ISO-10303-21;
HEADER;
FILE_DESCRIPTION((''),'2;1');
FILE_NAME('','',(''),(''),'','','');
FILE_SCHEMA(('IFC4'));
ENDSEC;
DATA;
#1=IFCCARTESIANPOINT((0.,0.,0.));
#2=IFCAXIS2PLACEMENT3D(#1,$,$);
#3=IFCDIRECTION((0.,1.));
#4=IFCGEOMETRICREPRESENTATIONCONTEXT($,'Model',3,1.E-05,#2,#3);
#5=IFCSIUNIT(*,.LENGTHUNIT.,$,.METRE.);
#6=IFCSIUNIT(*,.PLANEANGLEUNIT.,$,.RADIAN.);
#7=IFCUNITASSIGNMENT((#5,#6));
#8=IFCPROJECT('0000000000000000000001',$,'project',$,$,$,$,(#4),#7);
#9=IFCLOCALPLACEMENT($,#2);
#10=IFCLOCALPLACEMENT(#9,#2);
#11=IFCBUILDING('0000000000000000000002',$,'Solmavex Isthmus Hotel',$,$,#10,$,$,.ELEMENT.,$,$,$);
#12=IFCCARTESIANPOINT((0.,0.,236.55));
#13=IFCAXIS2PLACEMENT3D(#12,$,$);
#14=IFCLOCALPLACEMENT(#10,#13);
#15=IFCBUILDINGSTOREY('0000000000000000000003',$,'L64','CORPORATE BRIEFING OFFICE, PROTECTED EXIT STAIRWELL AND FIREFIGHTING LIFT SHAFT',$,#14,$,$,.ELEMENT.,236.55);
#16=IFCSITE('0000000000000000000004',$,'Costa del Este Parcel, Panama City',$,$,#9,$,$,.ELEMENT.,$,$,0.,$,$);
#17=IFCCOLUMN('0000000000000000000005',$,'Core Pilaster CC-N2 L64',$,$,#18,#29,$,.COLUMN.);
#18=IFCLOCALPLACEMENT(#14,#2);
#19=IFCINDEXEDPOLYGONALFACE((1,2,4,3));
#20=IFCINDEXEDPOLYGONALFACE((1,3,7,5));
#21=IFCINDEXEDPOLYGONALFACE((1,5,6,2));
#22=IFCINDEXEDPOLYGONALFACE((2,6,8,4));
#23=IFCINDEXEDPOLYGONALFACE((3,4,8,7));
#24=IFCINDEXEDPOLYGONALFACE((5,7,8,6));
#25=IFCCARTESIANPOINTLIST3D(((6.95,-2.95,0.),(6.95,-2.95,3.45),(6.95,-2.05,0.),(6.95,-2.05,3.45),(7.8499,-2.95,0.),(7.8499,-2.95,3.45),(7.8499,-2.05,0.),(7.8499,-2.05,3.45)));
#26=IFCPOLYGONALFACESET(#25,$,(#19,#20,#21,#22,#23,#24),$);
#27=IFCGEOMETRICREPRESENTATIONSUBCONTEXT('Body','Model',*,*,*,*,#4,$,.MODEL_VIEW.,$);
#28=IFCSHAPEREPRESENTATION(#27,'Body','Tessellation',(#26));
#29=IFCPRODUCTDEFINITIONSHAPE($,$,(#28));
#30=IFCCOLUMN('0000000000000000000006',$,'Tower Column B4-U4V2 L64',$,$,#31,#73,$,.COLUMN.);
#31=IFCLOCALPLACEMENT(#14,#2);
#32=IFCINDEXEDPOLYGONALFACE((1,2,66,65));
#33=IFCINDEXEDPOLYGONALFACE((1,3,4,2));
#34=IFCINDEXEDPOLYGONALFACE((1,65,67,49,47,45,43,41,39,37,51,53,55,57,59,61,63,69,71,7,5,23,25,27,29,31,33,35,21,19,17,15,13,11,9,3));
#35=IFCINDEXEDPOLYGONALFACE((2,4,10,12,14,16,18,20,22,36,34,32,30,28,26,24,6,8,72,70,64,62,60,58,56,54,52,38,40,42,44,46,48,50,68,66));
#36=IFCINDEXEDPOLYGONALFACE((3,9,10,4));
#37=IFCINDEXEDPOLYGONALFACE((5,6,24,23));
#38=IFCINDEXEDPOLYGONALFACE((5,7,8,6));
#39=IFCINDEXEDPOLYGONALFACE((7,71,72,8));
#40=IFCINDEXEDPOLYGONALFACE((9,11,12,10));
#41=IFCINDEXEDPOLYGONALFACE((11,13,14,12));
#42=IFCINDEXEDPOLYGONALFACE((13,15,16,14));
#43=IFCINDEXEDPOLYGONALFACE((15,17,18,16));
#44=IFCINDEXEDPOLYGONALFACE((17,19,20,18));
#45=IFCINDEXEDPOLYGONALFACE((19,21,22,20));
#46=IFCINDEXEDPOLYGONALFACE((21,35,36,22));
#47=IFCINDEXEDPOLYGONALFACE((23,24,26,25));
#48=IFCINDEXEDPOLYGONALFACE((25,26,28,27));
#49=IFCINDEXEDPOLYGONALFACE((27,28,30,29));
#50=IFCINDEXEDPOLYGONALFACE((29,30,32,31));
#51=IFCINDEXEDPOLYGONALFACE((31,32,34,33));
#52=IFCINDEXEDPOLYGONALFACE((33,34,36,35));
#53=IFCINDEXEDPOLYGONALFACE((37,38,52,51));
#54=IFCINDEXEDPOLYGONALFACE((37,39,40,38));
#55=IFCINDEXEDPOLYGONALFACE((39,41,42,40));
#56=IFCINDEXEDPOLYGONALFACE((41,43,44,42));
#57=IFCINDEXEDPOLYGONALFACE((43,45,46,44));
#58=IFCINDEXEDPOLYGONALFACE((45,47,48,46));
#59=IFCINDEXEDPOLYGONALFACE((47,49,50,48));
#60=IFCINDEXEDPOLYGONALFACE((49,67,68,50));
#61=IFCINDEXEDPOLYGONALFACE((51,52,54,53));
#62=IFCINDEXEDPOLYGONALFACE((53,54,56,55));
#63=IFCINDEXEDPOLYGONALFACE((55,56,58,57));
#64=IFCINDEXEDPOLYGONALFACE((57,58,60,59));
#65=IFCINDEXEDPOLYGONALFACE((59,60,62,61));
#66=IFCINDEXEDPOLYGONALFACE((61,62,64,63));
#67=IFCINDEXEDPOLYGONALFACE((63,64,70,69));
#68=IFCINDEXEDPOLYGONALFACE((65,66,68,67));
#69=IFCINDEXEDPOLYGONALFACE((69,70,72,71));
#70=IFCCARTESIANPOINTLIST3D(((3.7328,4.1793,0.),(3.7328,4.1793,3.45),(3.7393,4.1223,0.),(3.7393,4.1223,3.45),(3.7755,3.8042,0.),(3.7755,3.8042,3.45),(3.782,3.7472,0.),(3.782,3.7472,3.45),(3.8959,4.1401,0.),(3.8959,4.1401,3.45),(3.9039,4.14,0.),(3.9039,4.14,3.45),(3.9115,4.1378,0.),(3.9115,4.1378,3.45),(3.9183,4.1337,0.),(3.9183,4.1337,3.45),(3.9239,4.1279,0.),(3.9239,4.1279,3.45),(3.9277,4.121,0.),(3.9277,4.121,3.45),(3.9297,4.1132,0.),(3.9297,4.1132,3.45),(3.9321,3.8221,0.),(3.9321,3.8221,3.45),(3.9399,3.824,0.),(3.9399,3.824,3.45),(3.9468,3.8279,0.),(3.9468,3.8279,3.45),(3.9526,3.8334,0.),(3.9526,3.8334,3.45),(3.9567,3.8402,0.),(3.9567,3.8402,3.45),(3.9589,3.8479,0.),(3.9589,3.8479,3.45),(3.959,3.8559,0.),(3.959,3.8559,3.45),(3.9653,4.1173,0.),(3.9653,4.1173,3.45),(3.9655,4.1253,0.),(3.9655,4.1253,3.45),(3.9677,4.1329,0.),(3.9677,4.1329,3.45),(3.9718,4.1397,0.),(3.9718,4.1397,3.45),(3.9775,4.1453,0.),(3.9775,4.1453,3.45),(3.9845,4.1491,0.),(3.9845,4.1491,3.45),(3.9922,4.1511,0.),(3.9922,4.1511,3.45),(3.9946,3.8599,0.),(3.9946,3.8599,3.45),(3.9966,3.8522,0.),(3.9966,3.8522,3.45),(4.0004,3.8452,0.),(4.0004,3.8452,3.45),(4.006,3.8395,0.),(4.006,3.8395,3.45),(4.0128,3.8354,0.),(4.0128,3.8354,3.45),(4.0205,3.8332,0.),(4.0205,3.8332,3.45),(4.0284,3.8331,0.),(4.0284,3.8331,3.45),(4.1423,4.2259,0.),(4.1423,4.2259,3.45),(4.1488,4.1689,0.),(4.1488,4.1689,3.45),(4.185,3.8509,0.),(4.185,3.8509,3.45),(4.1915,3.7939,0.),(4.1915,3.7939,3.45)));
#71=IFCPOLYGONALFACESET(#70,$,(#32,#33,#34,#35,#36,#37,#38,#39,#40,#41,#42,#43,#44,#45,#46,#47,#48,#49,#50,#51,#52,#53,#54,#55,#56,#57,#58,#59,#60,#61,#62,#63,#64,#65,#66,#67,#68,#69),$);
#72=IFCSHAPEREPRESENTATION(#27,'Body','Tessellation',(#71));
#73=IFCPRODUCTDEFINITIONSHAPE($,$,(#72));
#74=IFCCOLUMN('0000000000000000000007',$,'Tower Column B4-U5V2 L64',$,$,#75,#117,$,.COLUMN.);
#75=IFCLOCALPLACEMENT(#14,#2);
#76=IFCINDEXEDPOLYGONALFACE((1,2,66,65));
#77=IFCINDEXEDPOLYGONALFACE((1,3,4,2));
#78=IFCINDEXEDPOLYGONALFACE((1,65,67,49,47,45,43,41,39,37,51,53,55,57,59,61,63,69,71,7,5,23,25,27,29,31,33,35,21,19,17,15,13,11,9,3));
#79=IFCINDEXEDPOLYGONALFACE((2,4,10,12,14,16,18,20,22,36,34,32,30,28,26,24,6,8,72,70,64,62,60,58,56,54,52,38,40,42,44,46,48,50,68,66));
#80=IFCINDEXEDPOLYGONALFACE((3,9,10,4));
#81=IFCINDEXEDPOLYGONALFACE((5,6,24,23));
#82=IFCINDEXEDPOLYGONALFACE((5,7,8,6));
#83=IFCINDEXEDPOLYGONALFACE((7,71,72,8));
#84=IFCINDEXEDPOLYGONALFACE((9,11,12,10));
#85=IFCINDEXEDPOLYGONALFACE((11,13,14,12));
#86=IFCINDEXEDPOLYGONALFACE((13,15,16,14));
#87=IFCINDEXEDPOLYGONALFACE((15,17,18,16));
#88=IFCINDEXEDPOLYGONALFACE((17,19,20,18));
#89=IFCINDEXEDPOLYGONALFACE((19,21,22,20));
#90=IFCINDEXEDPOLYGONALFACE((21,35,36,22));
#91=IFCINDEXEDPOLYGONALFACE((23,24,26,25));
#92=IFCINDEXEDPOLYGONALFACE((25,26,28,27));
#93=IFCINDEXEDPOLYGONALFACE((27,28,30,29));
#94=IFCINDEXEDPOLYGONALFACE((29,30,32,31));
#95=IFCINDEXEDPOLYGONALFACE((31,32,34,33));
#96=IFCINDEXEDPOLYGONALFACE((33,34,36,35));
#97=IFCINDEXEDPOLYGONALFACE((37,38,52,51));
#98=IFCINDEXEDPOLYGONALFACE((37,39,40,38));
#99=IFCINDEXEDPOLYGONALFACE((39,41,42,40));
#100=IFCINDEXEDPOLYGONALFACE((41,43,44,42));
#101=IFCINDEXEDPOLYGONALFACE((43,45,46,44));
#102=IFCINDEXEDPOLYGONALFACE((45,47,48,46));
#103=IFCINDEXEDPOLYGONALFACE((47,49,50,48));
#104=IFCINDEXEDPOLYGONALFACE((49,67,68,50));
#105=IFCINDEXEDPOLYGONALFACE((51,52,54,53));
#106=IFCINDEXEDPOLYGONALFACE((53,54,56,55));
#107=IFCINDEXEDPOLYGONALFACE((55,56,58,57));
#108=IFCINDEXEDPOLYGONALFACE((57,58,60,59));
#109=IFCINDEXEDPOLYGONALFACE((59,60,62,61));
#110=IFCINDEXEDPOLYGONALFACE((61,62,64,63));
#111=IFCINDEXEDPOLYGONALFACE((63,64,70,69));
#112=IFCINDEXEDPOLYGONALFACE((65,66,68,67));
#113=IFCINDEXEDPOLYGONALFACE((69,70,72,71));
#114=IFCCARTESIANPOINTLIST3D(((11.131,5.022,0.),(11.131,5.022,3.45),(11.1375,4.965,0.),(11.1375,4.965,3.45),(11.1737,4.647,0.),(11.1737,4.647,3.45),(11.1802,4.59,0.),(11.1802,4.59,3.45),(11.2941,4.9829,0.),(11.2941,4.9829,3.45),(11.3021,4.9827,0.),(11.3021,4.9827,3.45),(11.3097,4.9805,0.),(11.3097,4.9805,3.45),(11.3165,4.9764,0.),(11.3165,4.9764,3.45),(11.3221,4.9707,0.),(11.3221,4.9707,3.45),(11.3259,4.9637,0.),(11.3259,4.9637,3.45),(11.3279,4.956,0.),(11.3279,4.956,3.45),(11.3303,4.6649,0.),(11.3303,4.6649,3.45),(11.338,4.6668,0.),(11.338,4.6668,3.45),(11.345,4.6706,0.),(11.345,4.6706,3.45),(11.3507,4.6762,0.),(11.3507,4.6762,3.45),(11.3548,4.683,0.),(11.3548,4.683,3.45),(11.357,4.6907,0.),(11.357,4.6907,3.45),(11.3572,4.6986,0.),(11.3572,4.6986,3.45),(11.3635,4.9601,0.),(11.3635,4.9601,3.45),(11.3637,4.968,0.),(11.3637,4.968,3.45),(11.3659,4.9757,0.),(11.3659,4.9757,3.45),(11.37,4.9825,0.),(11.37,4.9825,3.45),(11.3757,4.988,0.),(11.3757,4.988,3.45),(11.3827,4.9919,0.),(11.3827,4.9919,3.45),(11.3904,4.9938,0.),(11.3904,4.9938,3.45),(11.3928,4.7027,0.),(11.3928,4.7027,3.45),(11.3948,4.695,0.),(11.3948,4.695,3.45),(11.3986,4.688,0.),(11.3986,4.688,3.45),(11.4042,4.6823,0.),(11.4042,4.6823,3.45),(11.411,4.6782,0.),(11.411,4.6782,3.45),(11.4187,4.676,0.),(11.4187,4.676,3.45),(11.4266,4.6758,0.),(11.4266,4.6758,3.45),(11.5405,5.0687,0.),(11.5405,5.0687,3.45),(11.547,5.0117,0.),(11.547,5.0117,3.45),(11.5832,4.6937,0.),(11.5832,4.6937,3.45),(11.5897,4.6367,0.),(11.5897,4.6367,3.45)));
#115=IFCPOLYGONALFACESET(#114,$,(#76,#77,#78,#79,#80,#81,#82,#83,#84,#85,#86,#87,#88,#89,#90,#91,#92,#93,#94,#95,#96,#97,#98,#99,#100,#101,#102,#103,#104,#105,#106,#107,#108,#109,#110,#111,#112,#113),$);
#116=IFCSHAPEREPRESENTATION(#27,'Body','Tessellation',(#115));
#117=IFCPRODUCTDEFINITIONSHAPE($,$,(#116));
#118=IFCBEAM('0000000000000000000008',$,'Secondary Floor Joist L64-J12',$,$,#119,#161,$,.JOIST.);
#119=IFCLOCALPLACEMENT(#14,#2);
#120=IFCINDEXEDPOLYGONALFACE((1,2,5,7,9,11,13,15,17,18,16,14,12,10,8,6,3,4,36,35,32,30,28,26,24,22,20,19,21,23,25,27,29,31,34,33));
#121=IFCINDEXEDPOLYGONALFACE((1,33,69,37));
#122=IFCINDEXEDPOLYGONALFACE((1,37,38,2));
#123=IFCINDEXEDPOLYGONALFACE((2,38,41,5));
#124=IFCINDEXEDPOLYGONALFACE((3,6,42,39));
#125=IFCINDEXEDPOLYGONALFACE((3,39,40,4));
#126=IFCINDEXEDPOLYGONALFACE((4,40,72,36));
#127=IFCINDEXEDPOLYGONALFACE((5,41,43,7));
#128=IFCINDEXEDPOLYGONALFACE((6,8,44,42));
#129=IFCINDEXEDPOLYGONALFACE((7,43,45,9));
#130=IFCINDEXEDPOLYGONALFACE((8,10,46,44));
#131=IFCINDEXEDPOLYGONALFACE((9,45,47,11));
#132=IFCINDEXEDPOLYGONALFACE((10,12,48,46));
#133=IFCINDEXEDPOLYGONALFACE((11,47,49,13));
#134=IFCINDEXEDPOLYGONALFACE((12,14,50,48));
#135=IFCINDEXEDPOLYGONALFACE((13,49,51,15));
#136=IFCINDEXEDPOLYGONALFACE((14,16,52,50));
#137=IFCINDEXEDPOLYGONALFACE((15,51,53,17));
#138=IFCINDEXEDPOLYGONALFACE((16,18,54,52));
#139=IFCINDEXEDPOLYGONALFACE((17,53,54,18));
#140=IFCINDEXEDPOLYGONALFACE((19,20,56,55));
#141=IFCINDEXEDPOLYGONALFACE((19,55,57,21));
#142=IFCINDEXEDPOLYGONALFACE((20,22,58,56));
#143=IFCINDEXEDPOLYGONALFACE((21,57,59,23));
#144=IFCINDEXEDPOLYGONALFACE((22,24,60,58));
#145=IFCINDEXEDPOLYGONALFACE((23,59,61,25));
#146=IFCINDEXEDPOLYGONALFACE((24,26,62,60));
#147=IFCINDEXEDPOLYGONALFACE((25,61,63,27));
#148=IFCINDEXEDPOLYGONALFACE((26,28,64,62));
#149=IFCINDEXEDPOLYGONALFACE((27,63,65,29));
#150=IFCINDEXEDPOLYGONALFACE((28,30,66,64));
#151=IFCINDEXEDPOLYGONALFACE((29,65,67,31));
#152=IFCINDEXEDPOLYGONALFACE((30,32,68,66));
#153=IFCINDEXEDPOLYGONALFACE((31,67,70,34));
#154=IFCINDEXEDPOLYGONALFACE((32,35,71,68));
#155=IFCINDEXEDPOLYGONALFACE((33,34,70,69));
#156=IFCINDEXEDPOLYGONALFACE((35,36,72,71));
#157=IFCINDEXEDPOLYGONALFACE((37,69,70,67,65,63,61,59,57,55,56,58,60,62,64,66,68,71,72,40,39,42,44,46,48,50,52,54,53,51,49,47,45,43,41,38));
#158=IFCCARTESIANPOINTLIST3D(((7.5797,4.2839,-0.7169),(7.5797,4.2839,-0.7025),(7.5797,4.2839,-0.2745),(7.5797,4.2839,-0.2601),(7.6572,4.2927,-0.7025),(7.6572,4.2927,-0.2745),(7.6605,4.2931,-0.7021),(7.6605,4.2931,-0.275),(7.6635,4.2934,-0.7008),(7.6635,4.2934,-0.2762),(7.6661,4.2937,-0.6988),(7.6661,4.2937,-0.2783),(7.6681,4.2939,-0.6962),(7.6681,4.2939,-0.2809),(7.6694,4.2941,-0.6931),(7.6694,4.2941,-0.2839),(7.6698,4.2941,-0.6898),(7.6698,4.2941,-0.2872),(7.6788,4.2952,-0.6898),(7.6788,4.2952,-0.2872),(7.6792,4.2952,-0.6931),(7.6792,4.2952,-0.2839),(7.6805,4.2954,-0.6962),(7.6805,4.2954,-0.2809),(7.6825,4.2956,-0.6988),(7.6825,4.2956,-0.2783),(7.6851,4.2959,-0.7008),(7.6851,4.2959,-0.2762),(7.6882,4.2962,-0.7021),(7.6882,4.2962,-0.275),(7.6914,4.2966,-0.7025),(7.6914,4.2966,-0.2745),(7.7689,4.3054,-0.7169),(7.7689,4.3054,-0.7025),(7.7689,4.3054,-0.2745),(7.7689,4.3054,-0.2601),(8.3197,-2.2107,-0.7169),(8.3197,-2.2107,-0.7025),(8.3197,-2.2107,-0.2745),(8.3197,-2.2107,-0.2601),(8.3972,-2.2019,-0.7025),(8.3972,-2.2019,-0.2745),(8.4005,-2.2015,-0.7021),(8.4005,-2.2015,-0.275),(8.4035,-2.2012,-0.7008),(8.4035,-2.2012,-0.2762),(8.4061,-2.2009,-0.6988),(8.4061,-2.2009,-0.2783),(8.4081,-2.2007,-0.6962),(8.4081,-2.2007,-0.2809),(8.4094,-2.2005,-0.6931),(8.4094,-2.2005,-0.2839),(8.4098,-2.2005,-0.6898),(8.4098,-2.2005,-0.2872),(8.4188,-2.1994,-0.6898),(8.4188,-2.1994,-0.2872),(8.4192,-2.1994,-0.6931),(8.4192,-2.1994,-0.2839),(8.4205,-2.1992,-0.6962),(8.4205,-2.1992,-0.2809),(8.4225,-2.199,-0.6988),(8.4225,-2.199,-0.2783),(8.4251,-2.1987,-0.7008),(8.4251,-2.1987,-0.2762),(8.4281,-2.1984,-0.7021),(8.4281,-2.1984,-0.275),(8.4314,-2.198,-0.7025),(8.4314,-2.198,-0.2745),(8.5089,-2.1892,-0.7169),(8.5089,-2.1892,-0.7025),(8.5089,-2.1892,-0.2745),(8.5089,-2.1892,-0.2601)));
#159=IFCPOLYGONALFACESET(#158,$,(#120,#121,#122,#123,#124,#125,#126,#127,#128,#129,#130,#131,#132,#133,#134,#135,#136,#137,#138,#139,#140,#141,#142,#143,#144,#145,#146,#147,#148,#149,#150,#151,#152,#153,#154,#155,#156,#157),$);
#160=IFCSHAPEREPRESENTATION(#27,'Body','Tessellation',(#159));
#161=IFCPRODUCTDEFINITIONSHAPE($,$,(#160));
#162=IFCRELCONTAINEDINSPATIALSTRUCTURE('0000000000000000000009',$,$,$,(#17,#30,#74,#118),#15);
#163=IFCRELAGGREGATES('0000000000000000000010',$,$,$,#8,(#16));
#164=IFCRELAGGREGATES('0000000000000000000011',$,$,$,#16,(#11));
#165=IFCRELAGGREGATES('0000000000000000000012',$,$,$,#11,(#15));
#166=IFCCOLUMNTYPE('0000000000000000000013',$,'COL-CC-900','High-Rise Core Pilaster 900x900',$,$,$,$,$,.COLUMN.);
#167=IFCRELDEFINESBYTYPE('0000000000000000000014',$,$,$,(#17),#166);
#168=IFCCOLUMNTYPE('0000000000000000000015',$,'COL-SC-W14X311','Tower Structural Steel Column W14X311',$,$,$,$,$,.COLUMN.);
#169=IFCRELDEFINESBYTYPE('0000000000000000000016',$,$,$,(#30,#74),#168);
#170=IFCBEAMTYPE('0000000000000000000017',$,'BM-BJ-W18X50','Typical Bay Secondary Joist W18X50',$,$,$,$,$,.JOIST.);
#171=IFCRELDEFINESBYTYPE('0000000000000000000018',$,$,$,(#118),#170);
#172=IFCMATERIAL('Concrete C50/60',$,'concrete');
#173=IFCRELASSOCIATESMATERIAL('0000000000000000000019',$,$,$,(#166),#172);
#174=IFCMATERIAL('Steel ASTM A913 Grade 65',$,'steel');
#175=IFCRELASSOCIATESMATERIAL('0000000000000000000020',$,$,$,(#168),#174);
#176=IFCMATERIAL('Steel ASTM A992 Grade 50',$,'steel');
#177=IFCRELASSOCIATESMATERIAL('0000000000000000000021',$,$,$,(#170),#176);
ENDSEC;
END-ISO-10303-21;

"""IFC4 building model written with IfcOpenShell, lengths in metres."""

from ifc_helpers import new_model, si_unit, direction, frame, origin, origin_2d, place, context, subcontext, project, spatial, rectangle, i_section, extrude, material, material_profile, profile_set, type_object, element, save


model = new_model("IFC4")

# Units and contexts
model_context = context("Model", 3, precision=1e-05, world=origin(), true_north=direction((0.0, 1.0)))
body_context = subcontext(model_context, "Body", "Model", "MODEL_VIEW")
ifc_project = project(units=[si_unit("LENGTHUNIT", "METRE"), si_unit("PLANEANGLEUNIT", "RADIAN")], contexts=[model_context])

# Site, building, storey
site_placement = place(None, origin())
site = spatial("IfcSite", under=ifc_project, at=site_placement, Name="Costa del Este Parcel, Panama City", CompositionType="ELEMENT", RefElevation=0.0)
building_placement = place(site_placement, origin())
building = spatial("IfcBuilding", under=site, at=building_placement, Name="Solmavex Isthmus Hotel", CompositionType="ELEMENT")
storey_placement = place(building_placement, frame((0.0, 0.0, 236.55)))
storey = spatial("IfcBuildingStorey", under=building, at=storey_placement, Name="L64", Description="CORPORATE BRIEFING OFFICE, PROTECTED EXIT STAIRWELL AND FIREFIGHTING LIFT SHAFT", CompositionType="ELEMENT", Elevation=236.55)

# Columns
ifc_material_1 = material(Name="Concrete C50/60", Category="concrete")
ifc_material_profile_1 = material_profile(ifc_material_1, rectangle(XDim=0.8999, YDim=0.8999, at=origin_2d()), Name="RC900X900")
ifc_profile_set_1 = profile_set([ifc_material_profile_1], Name="Concrete C50/60")
column_type_1 = type_object("IfcColumnType", Name="COL-CC-900", Description="High-Rise Core Pilaster 900x900", PredefinedType="COLUMN", material=ifc_profile_set_1)
column_placement = place(storey_placement, frame((7.3999, -2.5, 0.0), z_axis=(0.0, 0.0, 1.0), x_axis=(1.0, 0.0, 0.0)))
element("IfcColumn", 1, at=column_placement, inside=storey, type_object=column_type_1, Name="Core Pilaster CC-N2 L64", PredefinedType="COLUMN", context=body_context, shape_type="SweptSolid", body=[
    extrude(rectangle(XDim=0.8999, YDim=0.8999, at=origin_2d()), origin(), (0.0, 0.0, 1.0), 3.45),
])
ifc_material_2 = material(Name="Steel ASTM A913 Grade 65", Category="steel")
ifc_material_profile_2 = material_profile(ifc_material_2, i_section(OverallWidth=0.4121, OverallDepth=0.4348, WebThickness=0.0359, FlangeThickness=0.0574, FilletRadius=0.0305, at=origin_2d()), Name="W14X311")
ifc_profile_set_2 = profile_set([ifc_material_profile_2], Name="Steel ASTM A913 Grade 65")
column_type_2 = type_object("IfcColumnType", Name="COL-SC-W14X311", Description="Tower Structural Steel Column W14X311", PredefinedType="COLUMN", material=ifc_profile_set_2)
for number, where, z_axis, x_axis, name in (
    (2, (3.9622, 3.9866, 0.0), (0.0, 0.0, 1.0), (0.993572, 0.113203, 0.0), "Tower Column B4-U4V2 L64"),
    (3, (11.3604, 4.8293, 0.0), (0.0, 0.0, 1.0), (0.993572, 0.113203, 0.0), "Tower Column B4-U5V2 L64"),
):
    element("IfcColumn", number, at=place(storey_placement, frame(where, z_axis=z_axis, x_axis=x_axis)), inside=storey, type_object=column_type_2, Name=name, PredefinedType="COLUMN", context=body_context, shape_type="SweptSolid", body=[
        extrude(i_section(OverallWidth=0.4121, OverallDepth=0.4348, WebThickness=0.0359, FlangeThickness=0.0574, FilletRadius=0.0305, at=origin_2d()), origin(), (0.0, 0.0, 1.0), 3.45),
    ])

# Beam
ifc_material_3 = material(Name="Steel ASTM A992 Grade 50", Category="steel")
ifc_material_profile_3 = material_profile(ifc_material_3, i_section(OverallWidth=0.1904, OverallDepth=0.4568, WebThickness=0.009, FlangeThickness=0.0144, FilletRadius=0.0127, at=origin_2d()), Name="W18X50")
ifc_profile_set_3 = profile_set([ifc_material_profile_3], Name="Steel ASTM A992 Grade 50")
beam_type_1 = type_object("IfcBeamType", Name="BM-BJ-W18X50", Description="Typical Bay Secondary Joist W18X50", PredefinedType="JOIST", material=ifc_profile_set_3)
beam_1_placement = place(storey_placement, frame((8.4143, -2.2, -0.4885), z_axis=(-0.113206, 0.993571, 0.0), x_axis=(-0.993571, -0.113206, 0.0)))
element("IfcBeam", 4, at=beam_1_placement, inside=storey, type_object=beam_type_1, Name="Secondary Floor Joist L64-J12", PredefinedType="JOIST", context=body_context, shape_type="SweptSolid", body=[
    extrude(i_section(OverallWidth=0.1904, OverallDepth=0.4568, WebThickness=0.009, FlangeThickness=0.0144, FilletRadius=0.0127, at=origin_2d()), origin(), (0.0, 0.0, 1.0), 6.5366),
])

save(model, "model.ifc")
